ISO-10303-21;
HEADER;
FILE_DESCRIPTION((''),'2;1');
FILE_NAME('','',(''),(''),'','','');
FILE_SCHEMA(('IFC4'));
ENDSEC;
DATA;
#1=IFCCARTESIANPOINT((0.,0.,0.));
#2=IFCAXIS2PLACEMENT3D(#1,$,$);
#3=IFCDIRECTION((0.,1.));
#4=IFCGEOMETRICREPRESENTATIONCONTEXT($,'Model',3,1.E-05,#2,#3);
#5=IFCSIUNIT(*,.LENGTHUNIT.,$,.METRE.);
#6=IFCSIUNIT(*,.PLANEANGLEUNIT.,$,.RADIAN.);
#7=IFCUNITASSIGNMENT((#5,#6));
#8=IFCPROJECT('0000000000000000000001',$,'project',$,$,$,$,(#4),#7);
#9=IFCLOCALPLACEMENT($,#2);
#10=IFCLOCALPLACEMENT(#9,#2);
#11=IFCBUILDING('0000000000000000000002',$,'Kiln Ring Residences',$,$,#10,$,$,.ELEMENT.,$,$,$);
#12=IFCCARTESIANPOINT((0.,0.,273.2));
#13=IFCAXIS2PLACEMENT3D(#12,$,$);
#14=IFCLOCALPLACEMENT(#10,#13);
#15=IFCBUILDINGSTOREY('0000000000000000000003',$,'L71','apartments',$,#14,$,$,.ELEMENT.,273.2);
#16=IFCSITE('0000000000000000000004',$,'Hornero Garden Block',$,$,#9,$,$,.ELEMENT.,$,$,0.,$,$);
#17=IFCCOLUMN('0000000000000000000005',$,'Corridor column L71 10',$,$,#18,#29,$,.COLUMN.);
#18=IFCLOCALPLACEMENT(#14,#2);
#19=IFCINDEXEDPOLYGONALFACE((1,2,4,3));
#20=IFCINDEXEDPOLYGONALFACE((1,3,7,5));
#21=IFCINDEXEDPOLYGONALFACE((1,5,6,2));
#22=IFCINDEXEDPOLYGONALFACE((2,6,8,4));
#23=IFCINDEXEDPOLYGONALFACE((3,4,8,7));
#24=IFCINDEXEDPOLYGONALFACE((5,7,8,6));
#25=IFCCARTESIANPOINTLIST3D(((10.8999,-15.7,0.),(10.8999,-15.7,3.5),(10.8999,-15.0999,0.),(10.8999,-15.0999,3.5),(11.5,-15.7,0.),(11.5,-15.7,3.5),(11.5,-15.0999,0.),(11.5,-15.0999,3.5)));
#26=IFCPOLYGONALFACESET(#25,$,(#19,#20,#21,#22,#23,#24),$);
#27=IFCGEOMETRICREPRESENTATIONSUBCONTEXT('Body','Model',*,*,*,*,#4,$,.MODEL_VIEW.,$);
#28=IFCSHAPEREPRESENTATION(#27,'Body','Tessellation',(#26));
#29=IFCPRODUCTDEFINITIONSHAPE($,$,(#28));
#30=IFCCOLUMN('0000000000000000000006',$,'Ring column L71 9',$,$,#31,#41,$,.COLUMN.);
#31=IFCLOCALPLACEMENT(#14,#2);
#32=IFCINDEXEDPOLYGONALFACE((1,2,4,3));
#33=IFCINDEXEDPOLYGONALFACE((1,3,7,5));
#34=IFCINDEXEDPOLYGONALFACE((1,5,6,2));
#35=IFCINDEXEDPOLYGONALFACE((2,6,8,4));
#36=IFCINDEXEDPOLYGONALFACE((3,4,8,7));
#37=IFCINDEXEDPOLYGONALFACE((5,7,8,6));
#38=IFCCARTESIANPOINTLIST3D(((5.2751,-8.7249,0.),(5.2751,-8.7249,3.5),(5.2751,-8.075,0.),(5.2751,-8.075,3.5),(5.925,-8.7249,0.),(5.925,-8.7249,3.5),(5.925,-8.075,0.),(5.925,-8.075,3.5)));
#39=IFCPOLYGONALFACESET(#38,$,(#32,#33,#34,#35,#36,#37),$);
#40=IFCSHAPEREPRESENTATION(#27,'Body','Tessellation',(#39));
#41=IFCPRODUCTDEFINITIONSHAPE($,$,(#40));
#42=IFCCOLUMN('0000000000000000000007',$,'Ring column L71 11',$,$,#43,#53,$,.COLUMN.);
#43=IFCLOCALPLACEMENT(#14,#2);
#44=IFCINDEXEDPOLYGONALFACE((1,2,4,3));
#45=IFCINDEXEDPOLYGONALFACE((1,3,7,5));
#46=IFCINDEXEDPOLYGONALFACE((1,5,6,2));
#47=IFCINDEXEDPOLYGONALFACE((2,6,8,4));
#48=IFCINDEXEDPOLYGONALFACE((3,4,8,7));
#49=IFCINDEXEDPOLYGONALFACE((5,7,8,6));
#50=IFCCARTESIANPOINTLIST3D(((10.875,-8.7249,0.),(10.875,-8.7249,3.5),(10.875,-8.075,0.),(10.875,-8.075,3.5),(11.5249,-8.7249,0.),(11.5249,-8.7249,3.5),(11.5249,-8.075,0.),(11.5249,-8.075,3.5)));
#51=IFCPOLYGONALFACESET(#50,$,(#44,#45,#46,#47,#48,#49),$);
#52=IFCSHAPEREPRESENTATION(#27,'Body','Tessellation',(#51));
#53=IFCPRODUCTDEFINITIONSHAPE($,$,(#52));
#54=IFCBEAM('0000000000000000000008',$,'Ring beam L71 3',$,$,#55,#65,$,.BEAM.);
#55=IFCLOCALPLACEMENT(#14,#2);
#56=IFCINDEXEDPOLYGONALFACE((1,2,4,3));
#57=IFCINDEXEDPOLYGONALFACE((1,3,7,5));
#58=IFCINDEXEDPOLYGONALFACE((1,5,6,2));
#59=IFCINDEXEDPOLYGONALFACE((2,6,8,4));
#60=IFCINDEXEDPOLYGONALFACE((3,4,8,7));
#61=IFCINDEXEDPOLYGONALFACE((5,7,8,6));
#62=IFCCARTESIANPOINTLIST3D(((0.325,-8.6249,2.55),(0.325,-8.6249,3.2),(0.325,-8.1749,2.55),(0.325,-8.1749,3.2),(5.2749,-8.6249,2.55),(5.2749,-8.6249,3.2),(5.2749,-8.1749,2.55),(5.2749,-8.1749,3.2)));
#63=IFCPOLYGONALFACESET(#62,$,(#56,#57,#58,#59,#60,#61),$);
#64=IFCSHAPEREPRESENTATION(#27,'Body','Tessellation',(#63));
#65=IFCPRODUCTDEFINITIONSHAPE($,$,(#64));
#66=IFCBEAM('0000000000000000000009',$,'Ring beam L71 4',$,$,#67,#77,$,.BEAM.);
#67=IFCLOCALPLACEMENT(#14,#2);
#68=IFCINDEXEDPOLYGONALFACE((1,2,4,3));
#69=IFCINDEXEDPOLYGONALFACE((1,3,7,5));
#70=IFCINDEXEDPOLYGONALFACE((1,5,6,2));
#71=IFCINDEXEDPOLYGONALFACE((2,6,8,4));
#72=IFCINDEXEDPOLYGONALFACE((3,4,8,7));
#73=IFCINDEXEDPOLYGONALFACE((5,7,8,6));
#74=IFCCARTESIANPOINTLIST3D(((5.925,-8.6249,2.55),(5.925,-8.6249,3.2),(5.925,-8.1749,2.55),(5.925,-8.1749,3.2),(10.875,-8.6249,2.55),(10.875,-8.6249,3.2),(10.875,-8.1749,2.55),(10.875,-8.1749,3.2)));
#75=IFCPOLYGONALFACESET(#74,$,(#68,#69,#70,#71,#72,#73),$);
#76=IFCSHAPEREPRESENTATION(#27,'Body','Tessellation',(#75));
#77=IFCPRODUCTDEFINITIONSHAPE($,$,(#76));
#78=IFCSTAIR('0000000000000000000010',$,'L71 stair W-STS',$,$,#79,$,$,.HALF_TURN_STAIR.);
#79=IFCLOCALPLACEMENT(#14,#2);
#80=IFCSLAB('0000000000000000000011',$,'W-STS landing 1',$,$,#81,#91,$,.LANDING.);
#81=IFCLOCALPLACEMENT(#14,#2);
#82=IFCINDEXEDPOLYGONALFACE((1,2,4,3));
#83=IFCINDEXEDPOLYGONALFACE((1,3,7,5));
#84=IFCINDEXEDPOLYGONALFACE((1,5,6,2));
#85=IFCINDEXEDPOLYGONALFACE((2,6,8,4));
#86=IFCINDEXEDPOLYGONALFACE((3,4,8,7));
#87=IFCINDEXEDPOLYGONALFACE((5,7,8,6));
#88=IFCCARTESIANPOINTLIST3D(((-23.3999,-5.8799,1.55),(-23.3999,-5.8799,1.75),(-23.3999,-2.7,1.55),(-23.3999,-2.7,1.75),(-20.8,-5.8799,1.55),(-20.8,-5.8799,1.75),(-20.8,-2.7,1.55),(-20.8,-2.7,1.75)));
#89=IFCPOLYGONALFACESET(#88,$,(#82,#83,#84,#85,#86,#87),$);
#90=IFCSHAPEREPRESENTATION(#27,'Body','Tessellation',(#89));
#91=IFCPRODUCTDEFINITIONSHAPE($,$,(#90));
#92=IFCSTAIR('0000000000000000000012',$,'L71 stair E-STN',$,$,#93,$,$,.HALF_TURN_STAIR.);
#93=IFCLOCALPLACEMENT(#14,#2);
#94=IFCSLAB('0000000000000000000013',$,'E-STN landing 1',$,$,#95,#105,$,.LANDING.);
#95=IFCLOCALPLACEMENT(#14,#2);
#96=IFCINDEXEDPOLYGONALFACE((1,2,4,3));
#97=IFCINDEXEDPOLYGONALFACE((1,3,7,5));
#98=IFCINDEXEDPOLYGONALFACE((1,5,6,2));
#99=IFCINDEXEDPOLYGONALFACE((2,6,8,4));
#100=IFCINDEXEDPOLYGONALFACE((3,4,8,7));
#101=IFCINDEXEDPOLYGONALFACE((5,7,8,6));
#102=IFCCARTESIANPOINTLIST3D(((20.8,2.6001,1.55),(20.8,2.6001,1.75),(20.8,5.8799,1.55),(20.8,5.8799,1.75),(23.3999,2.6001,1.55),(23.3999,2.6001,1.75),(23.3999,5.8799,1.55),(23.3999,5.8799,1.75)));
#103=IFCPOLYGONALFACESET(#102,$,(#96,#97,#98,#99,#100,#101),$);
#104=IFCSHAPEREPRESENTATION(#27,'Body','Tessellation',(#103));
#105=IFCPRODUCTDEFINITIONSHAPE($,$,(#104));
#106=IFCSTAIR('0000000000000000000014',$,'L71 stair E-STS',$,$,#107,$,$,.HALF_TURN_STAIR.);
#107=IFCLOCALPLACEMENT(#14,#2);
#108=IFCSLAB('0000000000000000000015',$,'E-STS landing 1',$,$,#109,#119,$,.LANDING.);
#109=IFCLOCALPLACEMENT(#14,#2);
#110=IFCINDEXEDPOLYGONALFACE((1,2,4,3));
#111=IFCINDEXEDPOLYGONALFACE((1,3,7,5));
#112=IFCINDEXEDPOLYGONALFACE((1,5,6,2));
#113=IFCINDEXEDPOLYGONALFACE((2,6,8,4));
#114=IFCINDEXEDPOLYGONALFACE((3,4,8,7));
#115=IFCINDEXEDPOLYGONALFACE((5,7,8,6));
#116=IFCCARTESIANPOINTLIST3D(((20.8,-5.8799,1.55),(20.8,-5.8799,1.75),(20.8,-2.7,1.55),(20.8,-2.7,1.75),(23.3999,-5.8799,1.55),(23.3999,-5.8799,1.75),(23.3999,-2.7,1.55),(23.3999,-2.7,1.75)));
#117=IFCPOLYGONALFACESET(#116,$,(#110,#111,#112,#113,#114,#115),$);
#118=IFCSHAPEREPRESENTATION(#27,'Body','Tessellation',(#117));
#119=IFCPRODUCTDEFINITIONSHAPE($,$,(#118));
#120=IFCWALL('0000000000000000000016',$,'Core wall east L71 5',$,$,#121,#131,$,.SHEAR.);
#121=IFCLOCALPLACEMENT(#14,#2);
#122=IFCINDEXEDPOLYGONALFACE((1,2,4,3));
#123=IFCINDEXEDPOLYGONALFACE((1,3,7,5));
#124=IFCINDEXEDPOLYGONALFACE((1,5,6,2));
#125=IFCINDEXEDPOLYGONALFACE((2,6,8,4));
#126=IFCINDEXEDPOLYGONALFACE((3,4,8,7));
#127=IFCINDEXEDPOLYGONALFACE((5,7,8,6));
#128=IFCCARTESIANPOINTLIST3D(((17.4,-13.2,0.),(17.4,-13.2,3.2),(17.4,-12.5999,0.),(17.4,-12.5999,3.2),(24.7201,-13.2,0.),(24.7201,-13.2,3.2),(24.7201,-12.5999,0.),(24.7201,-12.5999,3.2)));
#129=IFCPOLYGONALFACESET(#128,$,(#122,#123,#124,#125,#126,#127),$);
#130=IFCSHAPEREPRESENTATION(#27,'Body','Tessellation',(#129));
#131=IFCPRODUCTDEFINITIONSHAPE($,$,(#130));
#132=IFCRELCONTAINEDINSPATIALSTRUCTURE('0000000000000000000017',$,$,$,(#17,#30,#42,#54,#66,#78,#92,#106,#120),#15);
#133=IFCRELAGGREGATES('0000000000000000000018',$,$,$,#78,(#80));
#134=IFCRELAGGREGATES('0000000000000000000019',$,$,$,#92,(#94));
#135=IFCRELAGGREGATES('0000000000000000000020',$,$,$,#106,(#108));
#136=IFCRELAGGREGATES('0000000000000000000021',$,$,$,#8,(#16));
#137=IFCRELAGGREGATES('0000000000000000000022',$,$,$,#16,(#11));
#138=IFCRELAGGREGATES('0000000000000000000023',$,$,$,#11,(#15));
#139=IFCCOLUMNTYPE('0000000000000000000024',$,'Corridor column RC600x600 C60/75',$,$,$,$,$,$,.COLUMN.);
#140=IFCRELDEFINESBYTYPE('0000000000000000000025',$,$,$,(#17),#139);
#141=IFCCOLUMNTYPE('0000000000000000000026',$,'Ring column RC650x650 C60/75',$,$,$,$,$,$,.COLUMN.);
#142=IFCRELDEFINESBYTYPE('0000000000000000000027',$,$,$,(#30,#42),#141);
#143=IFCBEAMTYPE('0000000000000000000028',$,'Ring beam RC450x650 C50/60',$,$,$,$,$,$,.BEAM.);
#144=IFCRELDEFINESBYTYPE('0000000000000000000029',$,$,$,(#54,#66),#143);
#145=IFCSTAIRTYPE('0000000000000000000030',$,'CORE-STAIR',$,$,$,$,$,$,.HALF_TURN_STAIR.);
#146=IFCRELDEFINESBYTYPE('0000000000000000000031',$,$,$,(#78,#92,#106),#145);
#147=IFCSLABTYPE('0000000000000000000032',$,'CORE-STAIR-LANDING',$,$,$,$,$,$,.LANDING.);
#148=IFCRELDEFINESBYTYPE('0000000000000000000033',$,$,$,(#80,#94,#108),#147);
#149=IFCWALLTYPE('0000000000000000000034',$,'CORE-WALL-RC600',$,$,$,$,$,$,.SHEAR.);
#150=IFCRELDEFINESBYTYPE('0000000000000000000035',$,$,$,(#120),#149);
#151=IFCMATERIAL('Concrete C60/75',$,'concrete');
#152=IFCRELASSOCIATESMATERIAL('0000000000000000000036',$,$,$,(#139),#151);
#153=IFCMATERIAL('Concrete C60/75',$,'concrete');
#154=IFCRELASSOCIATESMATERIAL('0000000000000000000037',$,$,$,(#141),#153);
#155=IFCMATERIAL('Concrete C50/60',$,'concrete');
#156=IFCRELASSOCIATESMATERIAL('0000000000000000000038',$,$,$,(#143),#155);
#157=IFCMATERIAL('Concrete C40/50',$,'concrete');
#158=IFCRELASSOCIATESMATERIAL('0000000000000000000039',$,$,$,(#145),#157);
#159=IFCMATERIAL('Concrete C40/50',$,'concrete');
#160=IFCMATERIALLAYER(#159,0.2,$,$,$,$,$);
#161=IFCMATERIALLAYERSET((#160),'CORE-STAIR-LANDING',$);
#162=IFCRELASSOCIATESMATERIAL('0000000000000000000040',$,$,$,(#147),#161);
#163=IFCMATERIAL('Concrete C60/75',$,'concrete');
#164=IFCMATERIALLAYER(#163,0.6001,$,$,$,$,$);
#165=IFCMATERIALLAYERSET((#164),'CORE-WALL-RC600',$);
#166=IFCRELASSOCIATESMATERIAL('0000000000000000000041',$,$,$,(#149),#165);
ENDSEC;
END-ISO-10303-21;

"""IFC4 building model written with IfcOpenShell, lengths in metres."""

from ifc_helpers import new_model, si_unit, direction, frame, frame_2d, origin, origin_2d, place, context, subcontext, project, spatial, polyline, rectangle, outline, extrude, material, layer, layer_set, material_profile, profile_set, type_object, element, aggregate, save


model = new_model("IFC4")

# Units and contexts
model_context = context("Model", 3, precision=1e-05, world=origin(), true_north=direction((0.0, 1.0)))
body_context = subcontext(model_context, "Body", "Model", "MODEL_VIEW")
ifc_project = project(units=[si_unit("LENGTHUNIT", "METRE"), si_unit("PLANEANGLEUNIT", "RADIAN")], contexts=[model_context])

# Site, building, storey
site_placement = place(None, origin())
site = spatial("IfcSite", under=ifc_project, at=site_placement, Name="Hornero Garden Block", CompositionType="ELEMENT", RefElevation=0.0)
building_placement = place(site_placement, origin())
building = spatial("IfcBuilding", under=site, at=building_placement, Name="Kiln Ring Residences", CompositionType="ELEMENT")
storey_placement = place(building_placement, frame((0.0, 0.0, 273.2)))
storey = spatial("IfcBuildingStorey", under=building, at=storey_placement, Name="L71", Description="apartments", CompositionType="ELEMENT", Elevation=273.2)

# Columns
ifc_material_1 = material(Name="Concrete C60/75", Category="concrete")
ifc_material_profile_1 = material_profile(ifc_material_1, rectangle(XDim=0.6001, YDim=0.6001, at=origin_2d()), Name="RC600x600")
ifc_profile_set_1 = profile_set([ifc_material_profile_1], Name="Concrete C60/75")
column_type_1 = type_object("IfcColumnType", Name="Corridor column RC600x600 C60/75", PredefinedType="COLUMN", material=ifc_profile_set_1)
column_placement = place(storey_placement, frame((11.2, -15.3999, 0.0), z_axis=(0.0, 0.0, 1.0), x_axis=(1.0, 0.0, 0.0)))
element("IfcColumn", 1, at=column_placement, inside=storey, type_object=column_type_1, Name="Corridor column L71 10", PredefinedType="COLUMN", context=body_context, shape_type="SweptSolid", body=[
    extrude(rectangle(XDim=0.6001, YDim=0.6001, at=origin_2d()), origin(), (0.0, 0.0, 1.0), 3.5),
])
ifc_material_2 = material(Name="Concrete C60/75", Category="concrete")
ifc_material_profile_2 = material_profile(ifc_material_2, rectangle(XDim=0.6499, YDim=0.6499, at=origin_2d()), Name="RC650x650")
ifc_profile_set_2 = profile_set([ifc_material_profile_2], Name="Concrete C60/75")
column_type_2 = type_object("IfcColumnType", Name="Ring column RC650x650 C60/75", PredefinedType="COLUMN", material=ifc_profile_set_2)
for number, where, z_axis, x_axis, name in (
    (2, (5.6001, -8.3999, 0.0), (0.0, 0.0, 1.0), (1.0, 0.0, 0.0), "Ring column L71 9"),
    (3, (11.2, -8.3999, 0.0), (0.0, 0.0, 1.0), (1.0, 0.0, 0.0), "Ring column L71 11"),
):
    element("IfcColumn", number, at=place(storey_placement, frame(where, z_axis=z_axis, x_axis=x_axis)), inside=storey, type_object=column_type_2, Name=name, PredefinedType="COLUMN", context=body_context, shape_type="SweptSolid", body=[
        extrude(rectangle(XDim=0.6499, YDim=0.6499, at=origin_2d()), origin(), (0.0, 0.0, 1.0), 3.5),
    ])

# Beams
ifc_material_3 = material(Name="Concrete C50/60", Category="concrete")
ifc_material_profile_3 = material_profile(ifc_material_3, rectangle(XDim=0.45, YDim=0.6499, at=origin_2d()), Name="RC450x650")
ifc_profile_set_3 = profile_set([ifc_material_profile_3], Name="Concrete C50/60")
beam_type = type_object("IfcBeamType", Name="Ring beam RC450x650 C50/60", PredefinedType="BEAM", material=ifc_profile_set_3)
for number, where, z_axis, x_axis, name in (
    (4, (0.325, -8.3999, 2.875), (1.0, 0.0, 0.0), (0.0, 1.0, 0.0), "Ring beam L71 3"),
    (5, (5.925, -8.3999, 2.875), (1.0, 0.0, 0.0), (0.0, 1.0, 0.0), "Ring beam L71 4"),
):
    element("IfcBeam", number, at=place(storey_placement, frame(where, z_axis=z_axis, x_axis=x_axis)), inside=storey, type_object=beam_type, Name=name, PredefinedType="BEAM", context=body_context, shape_type="SweptSolid", body=[
        extrude(rectangle(XDim=0.45, YDim=0.6499, at=origin_2d()), origin(), (0.0, 0.0, 1.0), 4.95),
    ])

# Stairs, slabs
ifc_material_4 = material(Name="Concrete C40/50", Category="concrete")
stair_type = type_object("IfcStairType", Name="CORE-STAIR", PredefinedType="HALF_TURN_STAIR", material=ifc_material_4)
placement_1 = place(storey_placement, origin())
stair_1 = element("IfcStair", 6, at=placement_1, inside=storey, type_object=stair_type, Name="L71 stair W-STS", PredefinedType="HALF_TURN_STAIR")
ifc_material_5 = material(Name="Concrete C40/50", Category="concrete")
ifc_layer_1 = layer(ifc_material_5, 0.2)
ifc_layer_set_1 = layer_set([ifc_layer_1], Name="CORE-STAIR-LANDING")
slab_type = type_object("IfcSlabType", Name="CORE-STAIR-LANDING", PredefinedType="LANDING", material=ifc_layer_set_1)
placement_2 = place(storey_placement, frame((0.0, 0.0, 1.55)))
slab_1 = element("IfcSlab", 7, at=placement_2, type_object=slab_type, Name="W-STS landing 1", PredefinedType="LANDING", context=body_context, shape_type="SweptSolid", body=[
    extrude(outline(polyline([(-20.8, -5.8799), (-20.8, -2.7), (-23.3999, -2.7), (-23.3999, -5.8799), (-20.8, -5.8799)])), origin(), (0.0, 0.0, 1.0), 0.2),
])
aggregate(stair_1, [slab_1])
stair_2 = element("IfcStair", 8, at=placement_1, inside=storey, type_object=stair_type, Name="L71 stair E-STN", PredefinedType="HALF_TURN_STAIR")
slab_2 = element("IfcSlab", 9, at=placement_2, type_object=slab_type, Name="E-STN landing 1", PredefinedType="LANDING", context=body_context, shape_type="SweptSolid", body=[
    extrude(outline(polyline([(20.8, 5.8799), (20.8, 2.6001), (23.3999, 2.6001), (23.3999, 5.8799), (20.8, 5.8799)])), origin(), (0.0, 0.0, 1.0), 0.2),
])
aggregate(stair_2, [slab_2])
stair_3 = element("IfcStair", 10, at=placement_1, inside=storey, type_object=stair_type, Name="L71 stair E-STS", PredefinedType="HALF_TURN_STAIR")
slab_3 = element("IfcSlab", 11, at=placement_2, type_object=slab_type, Name="E-STS landing 1", PredefinedType="LANDING", context=body_context, shape_type="SweptSolid", body=[
    extrude(outline(polyline([(23.3999, -5.8799), (23.3999, -2.7), (20.8, -2.7), (20.8, -5.8799), (23.3999, -5.8799)])), origin(), (0.0, 0.0, 1.0), 0.2),
])
aggregate(stair_3, [slab_3])

# Wall
ifc_material_6 = material(Name="Concrete C60/75", Category="concrete")
ifc_layer_2 = layer(ifc_material_6, 0.6001)
ifc_layer_set_2 = layer_set([ifc_layer_2], Name="CORE-WALL-RC600")
wall_type_1 = type_object("IfcWallType", Name="CORE-WALL-RC600", PredefinedType="SHEAR", material=ifc_layer_set_2)
wall_1_placement = place(storey_placement, frame((17.3999, -12.8999, 0.0), z_axis=(0.0, 0.0, 1.0), x_axis=(1.0, 0.0, 0.0)))
element("IfcWall", 12, at=wall_1_placement, inside=storey, type_object=wall_type_1, Name="Core wall east L71 5", PredefinedType="SHEAR", context=body_context, shape_type="SweptSolid", body=[
    extrude(rectangle(XDim=7.3201, YDim=0.6001, at=frame_2d((3.6602, 0.0))), origin(), (0.0, 0.0, 1.0), 3.2),
])

save(model, "model.ifc")
